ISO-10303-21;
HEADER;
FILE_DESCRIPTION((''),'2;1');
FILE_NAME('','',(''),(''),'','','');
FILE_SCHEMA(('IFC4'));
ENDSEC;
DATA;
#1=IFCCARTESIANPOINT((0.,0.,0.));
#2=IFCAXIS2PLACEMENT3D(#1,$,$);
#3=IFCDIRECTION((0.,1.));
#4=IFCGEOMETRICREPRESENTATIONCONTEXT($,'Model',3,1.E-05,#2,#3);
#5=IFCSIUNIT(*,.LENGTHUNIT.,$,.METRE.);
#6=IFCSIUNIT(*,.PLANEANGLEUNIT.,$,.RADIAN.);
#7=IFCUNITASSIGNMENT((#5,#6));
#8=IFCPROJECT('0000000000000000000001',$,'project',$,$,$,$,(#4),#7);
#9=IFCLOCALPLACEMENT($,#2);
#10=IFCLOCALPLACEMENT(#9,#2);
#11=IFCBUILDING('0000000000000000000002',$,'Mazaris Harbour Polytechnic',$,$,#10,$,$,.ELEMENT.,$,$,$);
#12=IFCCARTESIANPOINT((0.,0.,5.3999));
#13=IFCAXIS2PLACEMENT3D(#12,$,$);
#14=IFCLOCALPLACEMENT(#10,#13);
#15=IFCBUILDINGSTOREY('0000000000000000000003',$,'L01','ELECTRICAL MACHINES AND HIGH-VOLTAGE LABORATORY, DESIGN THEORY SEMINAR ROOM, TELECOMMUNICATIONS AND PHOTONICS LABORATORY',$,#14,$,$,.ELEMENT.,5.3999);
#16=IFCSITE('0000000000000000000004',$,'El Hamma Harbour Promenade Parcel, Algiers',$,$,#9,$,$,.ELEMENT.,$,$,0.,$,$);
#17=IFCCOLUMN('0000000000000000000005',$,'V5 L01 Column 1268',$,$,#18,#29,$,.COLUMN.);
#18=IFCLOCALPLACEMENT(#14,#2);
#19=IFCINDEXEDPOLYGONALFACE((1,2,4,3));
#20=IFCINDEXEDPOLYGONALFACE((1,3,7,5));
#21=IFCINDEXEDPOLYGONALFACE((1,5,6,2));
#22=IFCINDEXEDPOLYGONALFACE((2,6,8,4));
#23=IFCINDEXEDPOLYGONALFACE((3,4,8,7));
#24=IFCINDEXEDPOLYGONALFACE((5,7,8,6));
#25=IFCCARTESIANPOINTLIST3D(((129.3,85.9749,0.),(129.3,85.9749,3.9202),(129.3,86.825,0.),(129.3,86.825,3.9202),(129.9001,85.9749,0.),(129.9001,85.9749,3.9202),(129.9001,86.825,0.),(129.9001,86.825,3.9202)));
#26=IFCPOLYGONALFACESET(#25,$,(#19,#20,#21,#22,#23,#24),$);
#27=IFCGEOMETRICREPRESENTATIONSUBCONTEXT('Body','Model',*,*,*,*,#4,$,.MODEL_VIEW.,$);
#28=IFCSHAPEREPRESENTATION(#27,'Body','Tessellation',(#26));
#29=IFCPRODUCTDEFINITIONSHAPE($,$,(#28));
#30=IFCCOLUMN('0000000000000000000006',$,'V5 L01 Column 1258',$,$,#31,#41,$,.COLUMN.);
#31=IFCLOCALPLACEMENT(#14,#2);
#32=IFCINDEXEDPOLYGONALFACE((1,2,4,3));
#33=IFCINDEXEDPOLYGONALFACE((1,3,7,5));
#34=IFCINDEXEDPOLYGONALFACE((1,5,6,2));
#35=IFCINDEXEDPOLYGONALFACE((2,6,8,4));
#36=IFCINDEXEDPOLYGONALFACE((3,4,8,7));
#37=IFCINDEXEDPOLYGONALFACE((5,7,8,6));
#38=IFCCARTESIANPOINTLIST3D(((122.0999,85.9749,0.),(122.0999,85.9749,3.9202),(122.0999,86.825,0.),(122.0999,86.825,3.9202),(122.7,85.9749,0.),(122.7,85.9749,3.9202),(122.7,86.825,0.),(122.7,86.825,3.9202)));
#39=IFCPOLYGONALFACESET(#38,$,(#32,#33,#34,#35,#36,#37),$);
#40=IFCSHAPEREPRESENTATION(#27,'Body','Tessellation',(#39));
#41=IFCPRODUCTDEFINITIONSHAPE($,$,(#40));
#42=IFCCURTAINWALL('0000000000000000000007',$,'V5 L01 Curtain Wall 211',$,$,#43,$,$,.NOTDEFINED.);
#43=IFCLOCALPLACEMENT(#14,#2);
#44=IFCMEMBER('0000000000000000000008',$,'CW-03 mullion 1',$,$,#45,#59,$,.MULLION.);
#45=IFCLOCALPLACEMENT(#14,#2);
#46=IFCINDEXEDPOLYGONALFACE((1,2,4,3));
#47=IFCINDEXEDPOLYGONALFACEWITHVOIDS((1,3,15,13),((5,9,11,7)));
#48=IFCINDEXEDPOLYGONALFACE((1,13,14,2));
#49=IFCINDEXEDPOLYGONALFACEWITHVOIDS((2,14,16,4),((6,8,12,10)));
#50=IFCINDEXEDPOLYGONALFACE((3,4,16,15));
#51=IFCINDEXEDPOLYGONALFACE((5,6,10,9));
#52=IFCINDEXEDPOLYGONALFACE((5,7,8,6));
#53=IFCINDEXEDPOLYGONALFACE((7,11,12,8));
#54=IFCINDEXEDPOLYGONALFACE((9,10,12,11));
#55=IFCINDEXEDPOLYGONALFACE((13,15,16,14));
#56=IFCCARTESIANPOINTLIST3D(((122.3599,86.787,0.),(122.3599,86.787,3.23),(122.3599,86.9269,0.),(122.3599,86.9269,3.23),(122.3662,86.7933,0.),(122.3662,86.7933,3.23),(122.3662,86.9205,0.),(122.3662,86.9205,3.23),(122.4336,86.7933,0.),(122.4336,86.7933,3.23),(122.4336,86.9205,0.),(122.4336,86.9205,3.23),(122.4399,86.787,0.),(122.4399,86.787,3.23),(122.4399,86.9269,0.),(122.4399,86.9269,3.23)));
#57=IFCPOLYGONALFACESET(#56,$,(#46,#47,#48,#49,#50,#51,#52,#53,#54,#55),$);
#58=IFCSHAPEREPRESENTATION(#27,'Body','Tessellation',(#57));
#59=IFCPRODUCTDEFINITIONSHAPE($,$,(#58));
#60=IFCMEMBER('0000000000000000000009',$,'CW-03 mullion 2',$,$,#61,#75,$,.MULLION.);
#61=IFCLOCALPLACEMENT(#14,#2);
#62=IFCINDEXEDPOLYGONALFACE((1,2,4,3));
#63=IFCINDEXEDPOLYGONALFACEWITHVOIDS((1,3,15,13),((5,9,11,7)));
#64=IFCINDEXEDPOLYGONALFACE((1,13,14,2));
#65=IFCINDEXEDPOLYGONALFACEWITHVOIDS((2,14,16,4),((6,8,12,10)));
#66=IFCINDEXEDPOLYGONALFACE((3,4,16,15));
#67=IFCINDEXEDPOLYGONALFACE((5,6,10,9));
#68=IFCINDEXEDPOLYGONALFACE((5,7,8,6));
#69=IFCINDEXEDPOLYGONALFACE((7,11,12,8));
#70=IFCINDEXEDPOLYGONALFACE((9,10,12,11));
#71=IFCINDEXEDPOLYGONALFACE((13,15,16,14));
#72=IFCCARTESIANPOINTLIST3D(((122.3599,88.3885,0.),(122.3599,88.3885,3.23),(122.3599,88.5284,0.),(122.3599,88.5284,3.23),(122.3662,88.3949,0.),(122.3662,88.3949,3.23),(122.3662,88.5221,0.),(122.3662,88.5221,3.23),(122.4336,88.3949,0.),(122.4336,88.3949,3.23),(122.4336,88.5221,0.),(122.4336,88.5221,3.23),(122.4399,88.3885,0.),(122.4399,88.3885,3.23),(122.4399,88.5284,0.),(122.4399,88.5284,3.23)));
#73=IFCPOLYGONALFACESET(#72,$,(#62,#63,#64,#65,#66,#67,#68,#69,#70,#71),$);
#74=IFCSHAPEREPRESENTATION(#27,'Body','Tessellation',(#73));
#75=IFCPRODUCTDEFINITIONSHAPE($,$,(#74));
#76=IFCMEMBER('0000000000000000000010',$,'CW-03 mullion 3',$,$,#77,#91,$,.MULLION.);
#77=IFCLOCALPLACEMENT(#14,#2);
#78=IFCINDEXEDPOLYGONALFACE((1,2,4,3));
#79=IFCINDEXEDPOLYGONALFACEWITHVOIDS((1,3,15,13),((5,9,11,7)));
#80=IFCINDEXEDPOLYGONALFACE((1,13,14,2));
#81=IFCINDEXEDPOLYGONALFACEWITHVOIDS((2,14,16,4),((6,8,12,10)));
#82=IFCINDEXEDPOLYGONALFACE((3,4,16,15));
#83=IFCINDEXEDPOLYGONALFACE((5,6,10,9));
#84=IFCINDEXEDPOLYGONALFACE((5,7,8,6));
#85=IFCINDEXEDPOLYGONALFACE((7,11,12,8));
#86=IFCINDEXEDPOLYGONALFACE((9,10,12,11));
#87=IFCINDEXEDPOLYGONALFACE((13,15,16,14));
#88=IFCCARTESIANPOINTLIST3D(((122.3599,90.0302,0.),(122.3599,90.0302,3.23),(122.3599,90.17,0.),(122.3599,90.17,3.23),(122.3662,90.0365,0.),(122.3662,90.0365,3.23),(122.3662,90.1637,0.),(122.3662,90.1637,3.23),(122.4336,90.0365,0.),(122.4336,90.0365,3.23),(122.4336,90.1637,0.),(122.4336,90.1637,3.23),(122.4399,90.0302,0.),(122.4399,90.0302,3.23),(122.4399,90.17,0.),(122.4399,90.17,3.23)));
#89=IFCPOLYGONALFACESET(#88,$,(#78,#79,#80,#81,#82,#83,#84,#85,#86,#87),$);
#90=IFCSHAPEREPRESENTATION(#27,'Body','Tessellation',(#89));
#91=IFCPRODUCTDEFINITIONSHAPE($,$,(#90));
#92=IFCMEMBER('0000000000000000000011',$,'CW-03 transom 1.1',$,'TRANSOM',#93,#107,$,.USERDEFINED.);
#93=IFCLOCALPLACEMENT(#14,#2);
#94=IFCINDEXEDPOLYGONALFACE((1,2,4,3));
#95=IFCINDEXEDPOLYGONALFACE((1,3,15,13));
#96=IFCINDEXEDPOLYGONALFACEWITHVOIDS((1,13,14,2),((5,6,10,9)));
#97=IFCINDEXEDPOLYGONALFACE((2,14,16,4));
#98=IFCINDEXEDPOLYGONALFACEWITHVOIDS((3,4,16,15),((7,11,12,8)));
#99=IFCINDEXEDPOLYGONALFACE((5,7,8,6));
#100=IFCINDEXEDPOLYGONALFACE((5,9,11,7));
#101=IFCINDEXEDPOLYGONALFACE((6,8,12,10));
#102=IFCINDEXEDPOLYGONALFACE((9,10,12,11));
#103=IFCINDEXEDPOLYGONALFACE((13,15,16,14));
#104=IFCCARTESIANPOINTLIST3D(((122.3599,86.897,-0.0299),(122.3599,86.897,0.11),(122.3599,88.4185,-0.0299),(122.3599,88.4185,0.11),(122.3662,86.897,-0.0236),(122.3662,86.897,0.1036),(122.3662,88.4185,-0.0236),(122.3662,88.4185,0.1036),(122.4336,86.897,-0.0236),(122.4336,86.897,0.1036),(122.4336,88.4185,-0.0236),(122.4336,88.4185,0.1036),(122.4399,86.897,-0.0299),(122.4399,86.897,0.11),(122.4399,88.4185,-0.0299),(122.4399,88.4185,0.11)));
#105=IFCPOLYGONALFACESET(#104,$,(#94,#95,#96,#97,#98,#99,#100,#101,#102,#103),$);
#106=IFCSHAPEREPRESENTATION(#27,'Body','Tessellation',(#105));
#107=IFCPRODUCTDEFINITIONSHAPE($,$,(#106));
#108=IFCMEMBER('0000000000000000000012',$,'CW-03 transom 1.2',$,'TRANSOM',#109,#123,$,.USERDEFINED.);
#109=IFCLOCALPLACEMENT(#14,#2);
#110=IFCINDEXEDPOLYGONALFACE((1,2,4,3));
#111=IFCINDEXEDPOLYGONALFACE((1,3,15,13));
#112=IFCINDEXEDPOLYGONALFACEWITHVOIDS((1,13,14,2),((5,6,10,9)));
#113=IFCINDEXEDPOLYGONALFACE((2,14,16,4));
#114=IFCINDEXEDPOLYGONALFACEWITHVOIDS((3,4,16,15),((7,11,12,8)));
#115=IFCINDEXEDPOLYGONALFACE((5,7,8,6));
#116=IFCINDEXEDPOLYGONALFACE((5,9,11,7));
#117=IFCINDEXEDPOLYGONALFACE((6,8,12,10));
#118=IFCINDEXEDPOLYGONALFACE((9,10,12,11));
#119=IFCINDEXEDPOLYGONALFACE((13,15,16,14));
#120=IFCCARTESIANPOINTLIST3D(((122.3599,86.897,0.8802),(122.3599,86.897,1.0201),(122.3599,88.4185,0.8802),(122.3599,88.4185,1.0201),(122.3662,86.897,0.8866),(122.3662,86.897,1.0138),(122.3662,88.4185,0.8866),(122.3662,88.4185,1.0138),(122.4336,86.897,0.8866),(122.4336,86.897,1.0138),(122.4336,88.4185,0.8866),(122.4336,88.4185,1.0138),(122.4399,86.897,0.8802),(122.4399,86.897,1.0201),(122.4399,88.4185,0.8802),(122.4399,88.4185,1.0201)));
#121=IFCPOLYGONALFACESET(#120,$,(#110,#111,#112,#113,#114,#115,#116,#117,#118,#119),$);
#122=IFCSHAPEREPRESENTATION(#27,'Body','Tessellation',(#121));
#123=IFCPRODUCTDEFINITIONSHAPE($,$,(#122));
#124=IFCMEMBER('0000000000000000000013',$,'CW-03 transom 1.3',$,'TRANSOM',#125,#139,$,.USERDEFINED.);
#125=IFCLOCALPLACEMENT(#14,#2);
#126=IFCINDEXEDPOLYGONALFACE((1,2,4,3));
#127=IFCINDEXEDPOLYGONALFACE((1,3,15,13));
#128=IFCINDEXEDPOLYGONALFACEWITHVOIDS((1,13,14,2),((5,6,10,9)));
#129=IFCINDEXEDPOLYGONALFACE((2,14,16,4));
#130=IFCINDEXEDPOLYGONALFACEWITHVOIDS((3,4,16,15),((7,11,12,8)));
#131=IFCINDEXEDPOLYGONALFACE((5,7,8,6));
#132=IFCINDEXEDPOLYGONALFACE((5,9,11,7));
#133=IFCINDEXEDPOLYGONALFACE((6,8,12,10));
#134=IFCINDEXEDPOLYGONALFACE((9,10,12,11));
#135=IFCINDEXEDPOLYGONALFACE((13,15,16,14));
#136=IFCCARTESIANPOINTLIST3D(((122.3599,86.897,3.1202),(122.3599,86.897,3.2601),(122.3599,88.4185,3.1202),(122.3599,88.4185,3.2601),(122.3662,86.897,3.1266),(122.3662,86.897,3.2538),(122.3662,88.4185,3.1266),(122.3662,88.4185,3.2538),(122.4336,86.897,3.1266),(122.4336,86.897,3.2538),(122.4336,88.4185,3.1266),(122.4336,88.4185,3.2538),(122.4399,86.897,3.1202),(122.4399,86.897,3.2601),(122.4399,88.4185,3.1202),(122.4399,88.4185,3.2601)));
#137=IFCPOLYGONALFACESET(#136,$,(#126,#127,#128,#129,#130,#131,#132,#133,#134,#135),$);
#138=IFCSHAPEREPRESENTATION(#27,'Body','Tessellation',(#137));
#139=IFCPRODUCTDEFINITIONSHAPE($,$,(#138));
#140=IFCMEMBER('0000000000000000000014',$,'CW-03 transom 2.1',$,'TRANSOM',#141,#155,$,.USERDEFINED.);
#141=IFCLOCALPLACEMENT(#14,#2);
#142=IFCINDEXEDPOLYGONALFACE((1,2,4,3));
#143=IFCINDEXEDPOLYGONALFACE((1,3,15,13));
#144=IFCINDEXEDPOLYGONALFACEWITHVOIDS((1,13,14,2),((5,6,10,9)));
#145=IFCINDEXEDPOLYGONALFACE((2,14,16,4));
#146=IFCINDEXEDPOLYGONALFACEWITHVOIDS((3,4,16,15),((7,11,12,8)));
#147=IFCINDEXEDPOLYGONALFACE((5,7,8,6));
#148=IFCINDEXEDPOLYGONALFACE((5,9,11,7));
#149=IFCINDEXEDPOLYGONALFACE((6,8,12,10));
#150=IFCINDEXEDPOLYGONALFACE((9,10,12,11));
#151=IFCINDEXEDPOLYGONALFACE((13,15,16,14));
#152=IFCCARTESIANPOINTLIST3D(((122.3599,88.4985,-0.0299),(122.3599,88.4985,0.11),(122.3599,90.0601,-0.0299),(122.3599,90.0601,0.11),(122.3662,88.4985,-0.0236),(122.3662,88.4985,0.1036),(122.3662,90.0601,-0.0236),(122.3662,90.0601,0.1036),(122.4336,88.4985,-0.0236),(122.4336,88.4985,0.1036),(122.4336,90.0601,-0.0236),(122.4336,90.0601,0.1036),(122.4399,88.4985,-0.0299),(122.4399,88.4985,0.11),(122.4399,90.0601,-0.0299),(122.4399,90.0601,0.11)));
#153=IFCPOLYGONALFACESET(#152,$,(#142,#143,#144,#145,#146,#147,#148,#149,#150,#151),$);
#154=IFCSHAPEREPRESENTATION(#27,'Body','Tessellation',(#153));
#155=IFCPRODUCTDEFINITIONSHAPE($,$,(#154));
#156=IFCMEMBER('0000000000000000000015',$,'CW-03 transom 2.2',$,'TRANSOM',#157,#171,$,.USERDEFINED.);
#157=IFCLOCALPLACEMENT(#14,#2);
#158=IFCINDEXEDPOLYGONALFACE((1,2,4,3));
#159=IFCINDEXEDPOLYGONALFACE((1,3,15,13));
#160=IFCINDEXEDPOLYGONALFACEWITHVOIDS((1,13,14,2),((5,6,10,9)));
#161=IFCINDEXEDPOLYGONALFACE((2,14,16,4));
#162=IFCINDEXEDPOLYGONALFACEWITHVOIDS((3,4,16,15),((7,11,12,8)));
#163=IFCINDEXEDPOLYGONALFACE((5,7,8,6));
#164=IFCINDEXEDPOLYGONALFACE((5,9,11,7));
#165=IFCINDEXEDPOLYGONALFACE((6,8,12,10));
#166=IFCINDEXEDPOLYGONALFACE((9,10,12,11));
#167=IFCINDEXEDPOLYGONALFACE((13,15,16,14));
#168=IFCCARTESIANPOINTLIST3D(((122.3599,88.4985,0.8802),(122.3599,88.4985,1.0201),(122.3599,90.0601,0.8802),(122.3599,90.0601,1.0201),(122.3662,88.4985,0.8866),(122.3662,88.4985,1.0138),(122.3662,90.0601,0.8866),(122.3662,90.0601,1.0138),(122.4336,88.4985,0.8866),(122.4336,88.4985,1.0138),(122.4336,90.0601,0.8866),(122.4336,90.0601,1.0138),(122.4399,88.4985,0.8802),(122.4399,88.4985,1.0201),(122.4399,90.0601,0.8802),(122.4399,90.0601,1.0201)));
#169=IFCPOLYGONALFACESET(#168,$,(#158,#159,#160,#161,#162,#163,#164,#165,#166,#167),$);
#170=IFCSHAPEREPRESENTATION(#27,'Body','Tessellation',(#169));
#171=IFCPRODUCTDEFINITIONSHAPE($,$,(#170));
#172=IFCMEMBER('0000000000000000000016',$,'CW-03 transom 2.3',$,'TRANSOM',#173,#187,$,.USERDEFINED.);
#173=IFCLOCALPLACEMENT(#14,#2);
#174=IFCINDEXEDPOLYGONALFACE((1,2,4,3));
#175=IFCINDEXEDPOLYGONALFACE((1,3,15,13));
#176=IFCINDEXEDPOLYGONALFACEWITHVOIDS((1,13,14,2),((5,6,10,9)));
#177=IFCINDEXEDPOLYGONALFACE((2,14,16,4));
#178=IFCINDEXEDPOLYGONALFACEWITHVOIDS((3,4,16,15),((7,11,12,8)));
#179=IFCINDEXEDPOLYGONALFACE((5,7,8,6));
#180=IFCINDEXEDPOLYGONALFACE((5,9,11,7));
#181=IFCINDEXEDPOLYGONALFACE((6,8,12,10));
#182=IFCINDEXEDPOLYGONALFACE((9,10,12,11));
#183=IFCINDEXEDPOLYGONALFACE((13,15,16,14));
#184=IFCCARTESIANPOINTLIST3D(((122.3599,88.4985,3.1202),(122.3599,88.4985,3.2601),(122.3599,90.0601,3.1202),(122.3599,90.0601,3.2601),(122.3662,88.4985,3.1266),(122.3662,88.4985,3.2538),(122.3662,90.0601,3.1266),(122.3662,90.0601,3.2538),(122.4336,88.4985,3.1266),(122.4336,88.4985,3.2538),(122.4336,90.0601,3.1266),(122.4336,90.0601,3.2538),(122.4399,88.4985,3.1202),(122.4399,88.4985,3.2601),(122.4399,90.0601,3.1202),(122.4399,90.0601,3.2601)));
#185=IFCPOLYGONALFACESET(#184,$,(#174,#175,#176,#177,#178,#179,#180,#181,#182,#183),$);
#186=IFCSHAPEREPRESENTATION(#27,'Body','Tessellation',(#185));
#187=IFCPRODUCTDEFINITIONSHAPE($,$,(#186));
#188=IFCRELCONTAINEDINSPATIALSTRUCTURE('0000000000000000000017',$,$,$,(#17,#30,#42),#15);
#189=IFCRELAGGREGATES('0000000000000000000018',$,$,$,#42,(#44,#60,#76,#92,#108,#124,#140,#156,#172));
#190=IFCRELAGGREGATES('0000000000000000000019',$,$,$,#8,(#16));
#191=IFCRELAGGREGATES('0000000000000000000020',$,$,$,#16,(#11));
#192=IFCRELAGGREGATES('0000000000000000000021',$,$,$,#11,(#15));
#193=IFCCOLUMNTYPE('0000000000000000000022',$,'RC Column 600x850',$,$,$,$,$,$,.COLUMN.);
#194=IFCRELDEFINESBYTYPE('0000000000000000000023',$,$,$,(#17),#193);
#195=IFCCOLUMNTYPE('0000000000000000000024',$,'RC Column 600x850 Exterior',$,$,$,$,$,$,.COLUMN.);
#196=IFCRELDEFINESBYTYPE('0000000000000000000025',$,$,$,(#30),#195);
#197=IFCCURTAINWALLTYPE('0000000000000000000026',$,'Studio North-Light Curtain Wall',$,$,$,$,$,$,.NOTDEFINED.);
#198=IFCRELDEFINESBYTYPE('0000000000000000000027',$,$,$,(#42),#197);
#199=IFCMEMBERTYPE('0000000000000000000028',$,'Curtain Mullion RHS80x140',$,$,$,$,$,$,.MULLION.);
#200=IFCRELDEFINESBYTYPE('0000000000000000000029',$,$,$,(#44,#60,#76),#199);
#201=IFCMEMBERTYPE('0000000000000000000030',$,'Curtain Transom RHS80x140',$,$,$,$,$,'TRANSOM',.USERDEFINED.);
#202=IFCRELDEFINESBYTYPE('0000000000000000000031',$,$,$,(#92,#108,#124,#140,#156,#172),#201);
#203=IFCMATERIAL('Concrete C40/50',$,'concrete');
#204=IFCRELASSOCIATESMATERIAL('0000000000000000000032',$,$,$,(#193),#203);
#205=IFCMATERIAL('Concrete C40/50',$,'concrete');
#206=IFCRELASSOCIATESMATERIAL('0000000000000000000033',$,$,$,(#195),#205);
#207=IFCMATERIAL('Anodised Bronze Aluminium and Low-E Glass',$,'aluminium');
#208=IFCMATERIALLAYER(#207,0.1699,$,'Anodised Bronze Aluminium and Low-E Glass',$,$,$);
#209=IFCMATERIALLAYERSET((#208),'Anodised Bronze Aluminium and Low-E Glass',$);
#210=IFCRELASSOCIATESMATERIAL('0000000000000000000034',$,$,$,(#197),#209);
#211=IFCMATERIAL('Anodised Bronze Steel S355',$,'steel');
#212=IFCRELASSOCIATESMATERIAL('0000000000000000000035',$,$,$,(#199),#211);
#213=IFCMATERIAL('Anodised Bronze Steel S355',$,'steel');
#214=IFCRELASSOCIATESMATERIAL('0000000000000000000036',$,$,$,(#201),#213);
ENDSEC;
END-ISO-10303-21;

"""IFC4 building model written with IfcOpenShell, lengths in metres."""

from ifc_helpers import new_model, si_unit, direction, frame, origin, origin_2d, place, context, subcontext, project, spatial, rectangle, hollow_rectangle, extrude, material, layer, layer_set, material_profile, profile_set, type_object, element, aggregate, save


model = new_model("IFC4")

# Units and contexts
model_context = context("Model", 3, precision=1e-05, world=origin(), true_north=direction((0.0, 1.0)))
body_context = subcontext(model_context, "Body", "Model", "MODEL_VIEW")
ifc_project = project(units=[si_unit("LENGTHUNIT", "METRE"), si_unit("PLANEANGLEUNIT", "RADIAN")], contexts=[model_context])

# Site, building, storey
site_placement = place(None, origin())
site = spatial("IfcSite", under=ifc_project, at=site_placement, Name="El Hamma Harbour Promenade Parcel, Algiers", CompositionType="ELEMENT", RefElevation=0.0)
building_placement = place(site_placement, origin())
building = spatial("IfcBuilding", under=site, at=building_placement, Name="Mazaris Harbour Polytechnic", CompositionType="ELEMENT")
storey_placement = place(building_placement, frame((0.0, 0.0, 5.3999)))
storey = spatial("IfcBuildingStorey", under=building, at=storey_placement, Name="L01", Description="ELECTRICAL MACHINES AND HIGH-VOLTAGE LABORATORY, DESIGN THEORY SEMINAR ROOM, TELECOMMUNICATIONS AND PHOTONICS LABORATORY", CompositionType="ELEMENT", Elevation=5.3999)

# Columns
ifc_material_1 = material(Name="Concrete C40/50", Category="concrete")
ifc_material_profile_1 = material_profile(ifc_material_1, rectangle(XDim=0.6001, YDim=0.8501, at=origin_2d()), Name="RECT600x850")
ifc_profile_set_1 = profile_set([ifc_material_profile_1], Name="Concrete C40/50")
column_type_1 = type_object("IfcColumnType", Name="RC Column 600x850", PredefinedType="COLUMN", material=ifc_profile_set_1)
column_1_placement = place(storey_placement, frame((129.6001, 86.3999, 0.0), z_axis=(0.0, 0.0, 1.0), x_axis=(1.0, 0.0, 0.0)))
element("IfcColumn", 1, at=column_1_placement, inside=storey, type_object=column_type_1, Name="V5 L01 Column 1268", PredefinedType="COLUMN", context=body_context, shape_type="SweptSolid", body=[
    extrude(rectangle(XDim=0.6001, YDim=0.8501, at=origin_2d()), origin(), (0.0, 0.0, 1.0), 3.9202),
])
ifc_material_2 = material(Name="Concrete C40/50", Category="concrete")
ifc_material_profile_2 = material_profile(ifc_material_2, rectangle(XDim=0.6001, YDim=0.8501, at=origin_2d()), Name="RECT600x850")
ifc_profile_set_2 = profile_set([ifc_material_profile_2], Name="Concrete C40/50")
column_type_2 = type_object("IfcColumnType", Name="RC Column 600x850 Exterior", PredefinedType="COLUMN", material=ifc_profile_set_2)
column_2_placement = place(storey_placement, frame((122.3999, 86.3999, 0.0), z_axis=(0.0, 0.0, 1.0), x_axis=(1.0, 0.0, 0.0)))
element("IfcColumn", 2, at=column_2_placement, inside=storey, type_object=column_type_2, Name="V5 L01 Column 1258", PredefinedType="COLUMN", context=body_context, shape_type="SweptSolid", body=[
    extrude(rectangle(XDim=0.6001, YDim=0.8501, at=origin_2d()), origin(), (0.0, 0.0, 1.0), 3.9202),
])

# Curtain wall, members
ifc_material_3 = material(Name="Anodised Bronze Aluminium and Low-E Glass", Category="aluminium")
ifc_layer_1 = layer(ifc_material_3, 0.1699, Name="Anodised Bronze Aluminium and Low-E Glass")
ifc_layer_set_1 = layer_set([ifc_layer_1], Name="Anodised Bronze Aluminium and Low-E Glass")
curtain_wall_type = type_object("IfcCurtainWallType", Name="Studio North-Light Curtain Wall", PredefinedType="NOTDEFINED", material=ifc_layer_set_1)
curtain_wall_placement = place(storey_placement, origin())
curtain_wall = element("IfcCurtainWall", 3, at=curtain_wall_placement, inside=storey, type_object=curtain_wall_type, Name="V5 L01 Curtain Wall 211", PredefinedType="NOTDEFINED")
ifc_material_4 = material(Name="Anodised Bronze Steel S355", Category="steel")
ifc_material_profile_3 = material_profile(ifc_material_4, hollow_rectangle(XDim=0.0801, YDim=0.1399, WallThickness=0.0063, at=origin_2d()), Name="RHS 80x140x6.3")
ifc_profile_set_3 = profile_set([ifc_material_profile_3], Name="Anodised Bronze Steel S355")
member_type_1 = type_object("IfcMemberType", Name="Curtain Mullion RHS80x140", PredefinedType="MULLION", material=ifc_profile_set_3)
member_1_placement = place(storey_placement, frame((122.3999, 86.8569, 0.0), z_axis=(0.0, 0.0, 1.0), x_axis=(-1.0, 0.0, 0.0)))
member_1 = element("IfcMember", 4, at=member_1_placement, type_object=member_type_1, Name="CW-03 mullion 1", PredefinedType="MULLION", context=body_context, shape_type="SweptSolid", body=[
    extrude(hollow_rectangle(XDim=0.0801, YDim=0.1399, WallThickness=0.0063, at=origin_2d()), origin(), (0.0, 0.0, 1.0), 3.23),
])
member_2_placement = place(storey_placement, frame((122.3999, 88.4585, 0.0), z_axis=(0.0, 0.0, 1.0), x_axis=(-1.0, 0.0, 0.0)))
member_2 = element("IfcMember", 5, at=member_2_placement, type_object=member_type_1, Name="CW-03 mullion 2", PredefinedType="MULLION", context=body_context, shape_type="SweptSolid", body=[
    extrude(hollow_rectangle(XDim=0.0801, YDim=0.1399, WallThickness=0.0063, at=origin_2d()), origin(), (0.0, 0.0, 1.0), 3.23),
])
member_3_placement = place(storey_placement, frame((122.3999, 90.1001, 0.0), z_axis=(0.0, 0.0, 1.0), x_axis=(-1.0, 0.0, 0.0)))
member_3 = element("IfcMember", 6, at=member_3_placement, type_object=member_type_1, Name="CW-03 mullion 3", PredefinedType="MULLION", context=body_context, shape_type="SweptSolid", body=[
    extrude(hollow_rectangle(XDim=0.0801, YDim=0.1399, WallThickness=0.0063, at=origin_2d()), origin(), (0.0, 0.0, 1.0), 3.23),
])
ifc_material_5 = material(Name="Anodised Bronze Steel S355", Category="steel")
ifc_material_profile_4 = material_profile(ifc_material_5, hollow_rectangle(XDim=0.0801, YDim=0.1399, WallThickness=0.0063, at=origin_2d()), Name="RHS 80x140x6.3")
ifc_profile_set_4 = profile_set([ifc_material_profile_4], Name="Anodised Bronze Steel S355")
member_type_2 = type_object("IfcMemberType", Name="Curtain Transom RHS80x140", ElementType="TRANSOM", PredefinedType="USERDEFINED", material=ifc_profile_set_4)
member_4_placement = place(storey_placement, frame((122.3999, 86.897, 0.04), z_axis=(0.0, 1.0, 0.0), x_axis=(-1.0, 0.0, 0.0)))
member_4 = element("IfcMember", 7, at=member_4_placement, type_object=member_type_2, Name="CW-03 transom 1.1", ObjectType="TRANSOM", PredefinedType="USERDEFINED", context=body_context, shape_type="SweptSolid", body=[
    extrude(hollow_rectangle(XDim=0.0801, YDim=0.1399, WallThickness=0.0063, at=origin_2d()), origin(), (0.0, 0.0, 1.0), 1.5215),
])
member_5_placement = place(storey_placement, frame((122.3999, 86.897, 0.9502), z_axis=(0.0, 1.0, 0.0), x_axis=(-1.0, 0.0, 0.0)))
member_5 = element("IfcMember", 8, at=member_5_placement, type_object=member_type_2, Name="CW-03 transom 1.2", ObjectType="TRANSOM", PredefinedType="USERDEFINED", context=body_context, shape_type="SweptSolid", body=[
    extrude(hollow_rectangle(XDim=0.0801, YDim=0.1399, WallThickness=0.0063, at=origin_2d()), origin(), (0.0, 0.0, 1.0), 1.5215),
])
member_6_placement = place(storey_placement, frame((122.3999, 86.897, 3.1902), z_axis=(0.0, 1.0, 0.0), x_axis=(-1.0, 0.0, 0.0)))
member_6 = element("IfcMember", 9, at=member_6_placement, type_object=member_type_2, Name="CW-03 transom 1.3", ObjectType="TRANSOM", PredefinedType="USERDEFINED", context=body_context, shape_type="SweptSolid", body=[
    extrude(hollow_rectangle(XDim=0.0801, YDim=0.1399, WallThickness=0.0063, at=origin_2d()), origin(), (0.0, 0.0, 1.0), 1.5215),
])
member_7_placement = place(storey_placement, frame((122.3999, 88.4985, 0.04), z_axis=(0.0, 1.0, 0.0), x_axis=(-1.0, 0.0, 0.0)))
member_7 = element("IfcMember", 10, at=member_7_placement, type_object=member_type_2, Name="CW-03 transom 2.1", ObjectType="TRANSOM", PredefinedType="USERDEFINED", context=body_context, shape_type="SweptSolid", body=[
    extrude(hollow_rectangle(XDim=0.0801, YDim=0.1399, WallThickness=0.0063, at=origin_2d()), origin(), (0.0, 0.0, 1.0), 1.5615),
])
member_8_placement = place(storey_placement, frame((122.3999, 88.4985, 0.9502), z_axis=(0.0, 1.0, 0.0), x_axis=(-1.0, 0.0, 0.0)))
member_8 = element("IfcMember", 11, at=member_8_placement, type_object=member_type_2, Name="CW-03 transom 2.2", ObjectType="TRANSOM", PredefinedType="USERDEFINED", context=body_context, shape_type="SweptSolid", body=[
    extrude(hollow_rectangle(XDim=0.0801, YDim=0.1399, WallThickness=0.0063, at=origin_2d()), origin(), (0.0, 0.0, 1.0), 1.5615),
])
member_9_placement = place(storey_placement, frame((122.3999, 88.4985, 3.1902), z_axis=(0.0, 1.0, 0.0), x_axis=(-1.0, 0.0, 0.0)))
member_9 = element("IfcMember", 12, at=member_9_placement, type_object=member_type_2, Name="CW-03 transom 2.3", ObjectType="TRANSOM", PredefinedType="USERDEFINED", context=body_context, shape_type="SweptSolid", body=[
    extrude(hollow_rectangle(XDim=0.0801, YDim=0.1399, WallThickness=0.0063, at=origin_2d()), origin(), (0.0, 0.0, 1.0), 1.5615),
])

aggregate(curtain_wall, [member_1, member_2, member_3, member_4, member_5, member_6, member_7, member_8, member_9])

save(model, "model.ifc")
